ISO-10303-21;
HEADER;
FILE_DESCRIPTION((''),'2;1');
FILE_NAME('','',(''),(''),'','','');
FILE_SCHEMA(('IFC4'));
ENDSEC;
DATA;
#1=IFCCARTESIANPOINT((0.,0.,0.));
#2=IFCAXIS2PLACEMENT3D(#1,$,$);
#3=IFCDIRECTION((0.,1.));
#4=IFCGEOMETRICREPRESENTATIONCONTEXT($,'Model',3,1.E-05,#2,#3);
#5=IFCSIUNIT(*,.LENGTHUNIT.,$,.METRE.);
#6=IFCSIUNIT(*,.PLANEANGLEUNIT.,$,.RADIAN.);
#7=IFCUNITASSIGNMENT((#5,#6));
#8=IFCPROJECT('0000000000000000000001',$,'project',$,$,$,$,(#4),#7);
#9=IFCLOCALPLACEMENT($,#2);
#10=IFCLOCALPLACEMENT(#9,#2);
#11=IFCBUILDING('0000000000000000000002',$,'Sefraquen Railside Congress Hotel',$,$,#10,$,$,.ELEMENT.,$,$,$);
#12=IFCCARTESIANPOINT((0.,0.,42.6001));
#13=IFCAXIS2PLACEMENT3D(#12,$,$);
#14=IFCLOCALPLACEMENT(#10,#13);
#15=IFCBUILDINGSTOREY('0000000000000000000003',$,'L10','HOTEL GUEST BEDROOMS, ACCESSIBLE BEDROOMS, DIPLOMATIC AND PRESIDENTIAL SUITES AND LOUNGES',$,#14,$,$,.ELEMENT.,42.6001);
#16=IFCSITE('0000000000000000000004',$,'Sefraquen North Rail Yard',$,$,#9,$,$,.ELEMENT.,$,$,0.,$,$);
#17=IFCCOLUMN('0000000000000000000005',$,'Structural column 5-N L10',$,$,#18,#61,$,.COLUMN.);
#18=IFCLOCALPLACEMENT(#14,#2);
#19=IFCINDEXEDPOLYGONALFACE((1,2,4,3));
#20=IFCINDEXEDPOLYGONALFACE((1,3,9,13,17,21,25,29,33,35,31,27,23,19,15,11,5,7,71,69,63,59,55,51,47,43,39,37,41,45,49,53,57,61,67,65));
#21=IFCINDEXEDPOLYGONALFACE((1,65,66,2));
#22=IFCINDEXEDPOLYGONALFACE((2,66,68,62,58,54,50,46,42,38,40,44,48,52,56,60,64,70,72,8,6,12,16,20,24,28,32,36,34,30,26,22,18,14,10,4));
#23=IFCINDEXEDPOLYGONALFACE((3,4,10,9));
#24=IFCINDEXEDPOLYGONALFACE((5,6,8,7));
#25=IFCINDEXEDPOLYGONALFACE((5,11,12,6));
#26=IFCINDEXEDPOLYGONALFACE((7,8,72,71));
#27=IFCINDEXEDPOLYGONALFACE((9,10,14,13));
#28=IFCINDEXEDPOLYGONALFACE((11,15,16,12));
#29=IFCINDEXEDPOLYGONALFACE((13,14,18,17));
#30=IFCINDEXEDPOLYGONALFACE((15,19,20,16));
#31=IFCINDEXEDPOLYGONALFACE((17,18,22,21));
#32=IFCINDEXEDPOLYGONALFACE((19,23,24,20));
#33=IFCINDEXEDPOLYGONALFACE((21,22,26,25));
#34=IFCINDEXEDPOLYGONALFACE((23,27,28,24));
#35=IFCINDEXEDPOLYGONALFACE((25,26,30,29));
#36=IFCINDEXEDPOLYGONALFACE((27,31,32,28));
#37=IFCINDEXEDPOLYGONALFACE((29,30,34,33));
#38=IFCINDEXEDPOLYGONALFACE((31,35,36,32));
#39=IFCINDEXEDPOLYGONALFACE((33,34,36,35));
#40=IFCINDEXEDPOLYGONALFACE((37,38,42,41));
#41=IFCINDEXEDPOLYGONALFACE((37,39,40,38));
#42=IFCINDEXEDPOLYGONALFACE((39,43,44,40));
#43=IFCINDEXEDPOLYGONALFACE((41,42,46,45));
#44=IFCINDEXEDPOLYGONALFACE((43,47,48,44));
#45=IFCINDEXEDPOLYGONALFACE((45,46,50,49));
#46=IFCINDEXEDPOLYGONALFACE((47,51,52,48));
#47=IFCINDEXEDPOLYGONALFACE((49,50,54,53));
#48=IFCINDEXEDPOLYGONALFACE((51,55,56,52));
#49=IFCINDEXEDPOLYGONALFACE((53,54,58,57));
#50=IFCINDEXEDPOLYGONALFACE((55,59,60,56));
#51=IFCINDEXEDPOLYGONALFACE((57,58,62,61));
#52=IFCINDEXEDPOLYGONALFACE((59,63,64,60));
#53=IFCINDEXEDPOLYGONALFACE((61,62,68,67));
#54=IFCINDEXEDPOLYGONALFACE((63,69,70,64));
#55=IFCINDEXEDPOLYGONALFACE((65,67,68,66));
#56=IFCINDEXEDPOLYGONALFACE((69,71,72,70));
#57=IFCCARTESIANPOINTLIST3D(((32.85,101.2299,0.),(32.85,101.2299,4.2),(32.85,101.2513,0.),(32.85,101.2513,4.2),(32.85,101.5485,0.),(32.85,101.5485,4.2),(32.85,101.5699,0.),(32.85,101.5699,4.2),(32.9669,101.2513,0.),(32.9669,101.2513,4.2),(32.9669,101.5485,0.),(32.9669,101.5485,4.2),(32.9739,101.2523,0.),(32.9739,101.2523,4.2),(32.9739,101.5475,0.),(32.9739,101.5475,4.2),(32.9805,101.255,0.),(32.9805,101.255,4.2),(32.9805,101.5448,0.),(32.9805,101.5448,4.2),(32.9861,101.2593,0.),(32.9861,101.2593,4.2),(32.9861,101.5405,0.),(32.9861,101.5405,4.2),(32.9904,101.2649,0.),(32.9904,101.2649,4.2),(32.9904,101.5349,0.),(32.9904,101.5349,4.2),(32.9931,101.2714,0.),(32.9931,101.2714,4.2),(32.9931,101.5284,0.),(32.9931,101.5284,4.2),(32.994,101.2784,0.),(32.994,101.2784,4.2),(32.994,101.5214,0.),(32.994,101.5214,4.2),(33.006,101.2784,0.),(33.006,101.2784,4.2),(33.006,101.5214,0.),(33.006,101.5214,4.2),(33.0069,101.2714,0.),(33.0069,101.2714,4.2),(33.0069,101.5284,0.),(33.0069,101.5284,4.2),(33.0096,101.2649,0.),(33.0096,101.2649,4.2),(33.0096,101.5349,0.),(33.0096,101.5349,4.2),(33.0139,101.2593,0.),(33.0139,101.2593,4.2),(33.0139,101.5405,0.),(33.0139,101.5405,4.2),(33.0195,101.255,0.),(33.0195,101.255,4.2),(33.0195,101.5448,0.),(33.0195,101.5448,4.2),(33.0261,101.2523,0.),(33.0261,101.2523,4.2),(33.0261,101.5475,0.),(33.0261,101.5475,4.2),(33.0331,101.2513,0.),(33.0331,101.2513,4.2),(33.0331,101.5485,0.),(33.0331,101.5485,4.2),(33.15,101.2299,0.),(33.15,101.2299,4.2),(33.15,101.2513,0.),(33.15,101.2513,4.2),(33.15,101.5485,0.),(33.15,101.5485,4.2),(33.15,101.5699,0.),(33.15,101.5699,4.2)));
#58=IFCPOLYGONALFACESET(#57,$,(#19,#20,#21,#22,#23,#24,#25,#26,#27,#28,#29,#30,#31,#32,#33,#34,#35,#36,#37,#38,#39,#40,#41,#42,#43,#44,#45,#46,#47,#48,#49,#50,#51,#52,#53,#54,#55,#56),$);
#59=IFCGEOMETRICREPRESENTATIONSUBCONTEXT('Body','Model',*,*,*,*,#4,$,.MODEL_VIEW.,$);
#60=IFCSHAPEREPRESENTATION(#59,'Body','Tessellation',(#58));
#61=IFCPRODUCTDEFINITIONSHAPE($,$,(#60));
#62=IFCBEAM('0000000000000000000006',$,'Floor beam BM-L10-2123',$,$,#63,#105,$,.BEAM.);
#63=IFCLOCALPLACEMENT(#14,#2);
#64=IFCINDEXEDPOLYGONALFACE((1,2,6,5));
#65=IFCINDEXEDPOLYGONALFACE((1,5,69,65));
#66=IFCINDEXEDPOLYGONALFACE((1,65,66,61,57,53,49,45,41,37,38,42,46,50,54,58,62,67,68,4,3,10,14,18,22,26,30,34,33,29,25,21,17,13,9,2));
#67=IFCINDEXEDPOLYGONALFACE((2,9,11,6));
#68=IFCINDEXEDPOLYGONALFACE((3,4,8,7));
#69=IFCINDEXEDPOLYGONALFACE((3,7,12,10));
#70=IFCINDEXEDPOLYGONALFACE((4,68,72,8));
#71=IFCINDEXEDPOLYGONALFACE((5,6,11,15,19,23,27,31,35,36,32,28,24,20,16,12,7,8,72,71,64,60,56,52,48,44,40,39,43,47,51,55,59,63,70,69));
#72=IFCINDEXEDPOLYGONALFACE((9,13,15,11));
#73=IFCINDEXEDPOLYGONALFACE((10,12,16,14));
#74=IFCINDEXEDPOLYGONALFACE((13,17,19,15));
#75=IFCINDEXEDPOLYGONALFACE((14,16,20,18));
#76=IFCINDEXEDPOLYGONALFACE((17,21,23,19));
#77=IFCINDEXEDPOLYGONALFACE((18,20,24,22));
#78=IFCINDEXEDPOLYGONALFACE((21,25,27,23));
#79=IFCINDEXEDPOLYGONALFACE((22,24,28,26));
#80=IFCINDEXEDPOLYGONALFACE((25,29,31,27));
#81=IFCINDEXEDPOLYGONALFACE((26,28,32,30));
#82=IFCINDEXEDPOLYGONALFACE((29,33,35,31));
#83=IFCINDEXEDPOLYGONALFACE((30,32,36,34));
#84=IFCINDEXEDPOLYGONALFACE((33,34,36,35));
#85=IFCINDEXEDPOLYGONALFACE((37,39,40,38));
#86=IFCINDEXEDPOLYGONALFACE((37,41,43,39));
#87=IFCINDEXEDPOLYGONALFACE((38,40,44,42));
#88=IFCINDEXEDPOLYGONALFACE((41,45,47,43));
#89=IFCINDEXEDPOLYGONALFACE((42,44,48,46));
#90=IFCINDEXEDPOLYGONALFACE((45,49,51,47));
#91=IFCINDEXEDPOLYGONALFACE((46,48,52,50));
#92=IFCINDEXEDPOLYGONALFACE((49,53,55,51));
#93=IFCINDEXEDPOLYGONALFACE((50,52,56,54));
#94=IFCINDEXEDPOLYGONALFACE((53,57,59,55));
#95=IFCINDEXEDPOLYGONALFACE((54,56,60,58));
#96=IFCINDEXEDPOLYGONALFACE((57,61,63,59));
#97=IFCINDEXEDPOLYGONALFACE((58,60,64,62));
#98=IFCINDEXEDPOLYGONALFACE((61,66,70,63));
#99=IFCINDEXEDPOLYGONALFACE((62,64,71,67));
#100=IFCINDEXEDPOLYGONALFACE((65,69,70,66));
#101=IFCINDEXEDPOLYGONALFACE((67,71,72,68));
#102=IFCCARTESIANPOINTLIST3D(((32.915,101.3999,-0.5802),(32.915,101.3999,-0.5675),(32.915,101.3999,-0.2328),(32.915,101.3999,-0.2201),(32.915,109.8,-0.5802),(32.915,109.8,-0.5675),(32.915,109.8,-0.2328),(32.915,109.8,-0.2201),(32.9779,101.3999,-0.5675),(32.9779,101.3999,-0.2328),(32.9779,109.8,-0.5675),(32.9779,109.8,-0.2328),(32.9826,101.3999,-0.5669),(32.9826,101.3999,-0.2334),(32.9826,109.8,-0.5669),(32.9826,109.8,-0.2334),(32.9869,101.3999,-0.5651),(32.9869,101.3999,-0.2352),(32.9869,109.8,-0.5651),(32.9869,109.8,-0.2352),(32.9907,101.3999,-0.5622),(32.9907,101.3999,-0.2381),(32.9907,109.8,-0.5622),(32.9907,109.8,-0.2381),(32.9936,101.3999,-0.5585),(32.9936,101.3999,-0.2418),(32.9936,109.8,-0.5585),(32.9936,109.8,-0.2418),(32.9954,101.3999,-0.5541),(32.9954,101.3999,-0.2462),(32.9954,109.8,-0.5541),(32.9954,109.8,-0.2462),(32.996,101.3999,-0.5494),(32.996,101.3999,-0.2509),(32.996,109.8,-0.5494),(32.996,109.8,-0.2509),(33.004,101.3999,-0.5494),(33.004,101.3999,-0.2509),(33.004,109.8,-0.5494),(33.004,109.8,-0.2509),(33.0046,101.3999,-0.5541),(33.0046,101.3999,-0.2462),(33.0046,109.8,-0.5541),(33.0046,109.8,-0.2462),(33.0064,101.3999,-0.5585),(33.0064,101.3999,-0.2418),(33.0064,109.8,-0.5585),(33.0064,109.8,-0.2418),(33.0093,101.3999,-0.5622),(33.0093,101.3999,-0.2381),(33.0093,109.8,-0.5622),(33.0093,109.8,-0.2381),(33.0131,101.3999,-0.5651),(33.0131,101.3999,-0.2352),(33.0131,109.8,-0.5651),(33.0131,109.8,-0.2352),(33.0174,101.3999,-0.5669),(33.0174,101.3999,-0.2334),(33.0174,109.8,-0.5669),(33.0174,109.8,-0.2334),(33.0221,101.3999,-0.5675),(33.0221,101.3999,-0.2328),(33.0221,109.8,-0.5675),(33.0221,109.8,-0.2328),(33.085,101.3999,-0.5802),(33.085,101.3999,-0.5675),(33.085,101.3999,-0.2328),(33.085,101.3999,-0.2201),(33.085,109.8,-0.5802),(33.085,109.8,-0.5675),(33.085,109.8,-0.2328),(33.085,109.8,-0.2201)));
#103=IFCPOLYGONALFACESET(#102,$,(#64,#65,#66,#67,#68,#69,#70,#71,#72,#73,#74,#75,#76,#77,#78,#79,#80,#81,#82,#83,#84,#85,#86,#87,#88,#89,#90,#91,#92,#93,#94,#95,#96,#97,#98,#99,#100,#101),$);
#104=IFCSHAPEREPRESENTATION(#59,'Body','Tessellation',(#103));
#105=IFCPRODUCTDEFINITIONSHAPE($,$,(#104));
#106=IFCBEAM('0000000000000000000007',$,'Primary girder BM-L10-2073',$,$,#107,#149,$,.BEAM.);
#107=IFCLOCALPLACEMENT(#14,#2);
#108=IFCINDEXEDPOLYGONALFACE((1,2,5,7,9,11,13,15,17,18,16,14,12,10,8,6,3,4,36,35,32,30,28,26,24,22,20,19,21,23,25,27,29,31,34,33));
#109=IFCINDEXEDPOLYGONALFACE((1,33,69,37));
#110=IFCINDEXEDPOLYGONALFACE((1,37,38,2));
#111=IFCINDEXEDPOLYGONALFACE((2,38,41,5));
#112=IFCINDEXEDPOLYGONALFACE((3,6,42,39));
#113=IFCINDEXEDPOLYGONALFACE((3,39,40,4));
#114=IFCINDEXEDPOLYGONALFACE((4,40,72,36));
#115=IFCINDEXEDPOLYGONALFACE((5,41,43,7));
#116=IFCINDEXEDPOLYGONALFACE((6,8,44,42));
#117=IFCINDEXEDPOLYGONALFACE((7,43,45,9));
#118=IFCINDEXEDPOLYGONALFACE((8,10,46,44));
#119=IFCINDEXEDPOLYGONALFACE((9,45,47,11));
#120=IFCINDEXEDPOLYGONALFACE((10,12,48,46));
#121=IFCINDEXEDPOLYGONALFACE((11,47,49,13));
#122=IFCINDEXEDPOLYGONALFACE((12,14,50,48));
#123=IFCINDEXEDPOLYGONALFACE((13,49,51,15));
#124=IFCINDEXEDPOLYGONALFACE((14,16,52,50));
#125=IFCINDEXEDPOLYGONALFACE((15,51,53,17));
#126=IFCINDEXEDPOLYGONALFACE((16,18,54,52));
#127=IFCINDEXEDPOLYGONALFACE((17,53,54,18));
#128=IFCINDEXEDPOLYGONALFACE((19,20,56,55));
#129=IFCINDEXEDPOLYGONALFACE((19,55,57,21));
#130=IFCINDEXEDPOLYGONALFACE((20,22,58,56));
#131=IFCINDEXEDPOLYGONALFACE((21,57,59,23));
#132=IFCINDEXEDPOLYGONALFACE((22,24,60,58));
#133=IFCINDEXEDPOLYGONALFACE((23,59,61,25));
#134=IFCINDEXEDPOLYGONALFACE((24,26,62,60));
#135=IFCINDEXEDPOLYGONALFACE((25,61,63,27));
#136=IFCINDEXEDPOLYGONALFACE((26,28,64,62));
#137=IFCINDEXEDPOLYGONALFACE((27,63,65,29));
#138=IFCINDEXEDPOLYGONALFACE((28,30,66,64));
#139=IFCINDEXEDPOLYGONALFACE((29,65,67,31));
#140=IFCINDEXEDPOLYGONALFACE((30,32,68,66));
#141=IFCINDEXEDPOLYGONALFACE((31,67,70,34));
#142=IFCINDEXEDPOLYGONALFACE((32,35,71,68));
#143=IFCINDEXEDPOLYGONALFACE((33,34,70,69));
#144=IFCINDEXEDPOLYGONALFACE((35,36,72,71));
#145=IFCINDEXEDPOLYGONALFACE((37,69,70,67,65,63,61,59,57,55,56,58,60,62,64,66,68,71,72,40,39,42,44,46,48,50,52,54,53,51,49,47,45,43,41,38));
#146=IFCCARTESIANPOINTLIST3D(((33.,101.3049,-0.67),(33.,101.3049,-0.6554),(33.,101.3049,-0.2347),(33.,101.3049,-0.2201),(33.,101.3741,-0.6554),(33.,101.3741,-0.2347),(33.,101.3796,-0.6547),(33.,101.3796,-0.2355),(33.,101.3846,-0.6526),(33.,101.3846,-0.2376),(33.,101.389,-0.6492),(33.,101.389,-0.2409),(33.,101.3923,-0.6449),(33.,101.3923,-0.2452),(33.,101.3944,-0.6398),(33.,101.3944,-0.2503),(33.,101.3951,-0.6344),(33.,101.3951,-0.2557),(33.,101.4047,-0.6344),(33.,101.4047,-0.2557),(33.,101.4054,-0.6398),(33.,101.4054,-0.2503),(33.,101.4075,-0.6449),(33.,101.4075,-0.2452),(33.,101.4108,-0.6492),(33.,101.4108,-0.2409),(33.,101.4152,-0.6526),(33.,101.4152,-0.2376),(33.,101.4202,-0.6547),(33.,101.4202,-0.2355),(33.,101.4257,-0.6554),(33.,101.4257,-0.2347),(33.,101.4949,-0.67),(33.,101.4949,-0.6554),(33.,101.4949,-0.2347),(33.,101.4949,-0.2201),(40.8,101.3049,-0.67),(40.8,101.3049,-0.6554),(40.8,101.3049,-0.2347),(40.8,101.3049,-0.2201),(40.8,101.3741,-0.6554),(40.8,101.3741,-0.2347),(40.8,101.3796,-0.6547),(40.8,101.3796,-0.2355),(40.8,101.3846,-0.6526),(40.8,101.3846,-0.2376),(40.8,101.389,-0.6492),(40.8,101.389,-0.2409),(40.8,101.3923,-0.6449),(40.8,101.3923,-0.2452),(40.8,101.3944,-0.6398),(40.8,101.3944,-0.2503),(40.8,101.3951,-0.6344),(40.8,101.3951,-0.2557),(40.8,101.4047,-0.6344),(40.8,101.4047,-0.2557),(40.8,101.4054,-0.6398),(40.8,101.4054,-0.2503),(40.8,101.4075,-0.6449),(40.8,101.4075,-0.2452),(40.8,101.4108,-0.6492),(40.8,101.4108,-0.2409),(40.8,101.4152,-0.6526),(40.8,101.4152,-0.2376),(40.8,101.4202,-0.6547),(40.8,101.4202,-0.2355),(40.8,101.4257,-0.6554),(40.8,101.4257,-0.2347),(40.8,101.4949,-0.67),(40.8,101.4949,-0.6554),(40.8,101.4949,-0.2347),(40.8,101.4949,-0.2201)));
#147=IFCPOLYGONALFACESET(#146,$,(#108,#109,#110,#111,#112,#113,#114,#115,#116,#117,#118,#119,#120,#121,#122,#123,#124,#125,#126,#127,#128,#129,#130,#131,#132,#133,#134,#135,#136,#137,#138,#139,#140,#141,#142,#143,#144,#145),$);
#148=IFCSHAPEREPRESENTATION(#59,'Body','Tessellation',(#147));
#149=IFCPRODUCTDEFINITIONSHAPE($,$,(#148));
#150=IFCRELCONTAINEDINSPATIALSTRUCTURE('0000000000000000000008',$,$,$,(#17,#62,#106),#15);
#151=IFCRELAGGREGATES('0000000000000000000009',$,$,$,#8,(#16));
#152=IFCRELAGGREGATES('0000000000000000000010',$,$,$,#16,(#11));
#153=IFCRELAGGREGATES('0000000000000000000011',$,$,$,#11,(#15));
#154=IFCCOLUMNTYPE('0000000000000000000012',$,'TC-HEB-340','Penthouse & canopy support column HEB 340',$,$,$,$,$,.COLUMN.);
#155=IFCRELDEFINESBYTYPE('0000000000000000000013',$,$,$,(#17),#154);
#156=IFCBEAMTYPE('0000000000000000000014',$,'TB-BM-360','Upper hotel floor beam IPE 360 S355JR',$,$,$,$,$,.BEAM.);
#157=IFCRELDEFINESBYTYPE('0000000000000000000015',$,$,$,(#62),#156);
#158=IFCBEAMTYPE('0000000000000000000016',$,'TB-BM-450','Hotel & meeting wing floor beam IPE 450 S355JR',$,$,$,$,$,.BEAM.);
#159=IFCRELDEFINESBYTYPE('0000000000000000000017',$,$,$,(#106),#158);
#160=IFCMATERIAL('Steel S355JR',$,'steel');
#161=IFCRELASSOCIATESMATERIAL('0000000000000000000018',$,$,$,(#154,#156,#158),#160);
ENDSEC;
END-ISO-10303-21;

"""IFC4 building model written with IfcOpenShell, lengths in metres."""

from ifc_helpers import new_model, si_unit, direction, frame, origin, origin_2d, place, context, subcontext, project, spatial, i_section, extrude, material, material_profile, profile_set, type_object, element, save


model = new_model("IFC4")

# Units and contexts
model_context = context("Model", 3, precision=1e-05, world=origin(), true_north=direction((0.0, 1.0)))
body_context = subcontext(model_context, "Body", "Model", "MODEL_VIEW")
ifc_project = project(units=[si_unit("LENGTHUNIT", "METRE"), si_unit("PLANEANGLEUNIT", "RADIAN")], contexts=[model_context])

# Site, building, storey
site_placement = place(None, origin())
site = spatial("IfcSite", under=ifc_project, at=site_placement, Name="Sefraquen North Rail Yard", CompositionType="ELEMENT", RefElevation=0.0)
building_placement = place(site_placement, origin())
building = spatial("IfcBuilding", under=site, at=building_placement, Name="Sefraquen Railside Congress Hotel", CompositionType="ELEMENT")
storey_placement = place(building_placement, frame((0.0, 0.0, 42.6001)))
storey = spatial("IfcBuildingStorey", under=building, at=storey_placement, Name="L10", Description="HOTEL GUEST BEDROOMS, ACCESSIBLE BEDROOMS, DIPLOMATIC AND PRESIDENTIAL SUITES AND LOUNGES", CompositionType="ELEMENT", Elevation=42.6001)

# Column
ifc_material_1 = material(Name="Steel S355JR", Category="steel")
ifc_material_profile_1 = material_profile(ifc_material_1, i_section(OverallWidth=0.3, OverallDepth=0.3401, WebThickness=0.012, FlangeThickness=0.0215, FilletRadius=0.0271, at=origin_2d()), Name="HEB 340")
ifc_profile_set_1 = profile_set([ifc_material_profile_1], Name="Steel S355JR")
column_type = type_object("IfcColumnType", Name="TC-HEB-340", Description="Penthouse & canopy support column HEB 340", PredefinedType="COLUMN", material=ifc_profile_set_1)
column_placement = place(storey_placement, frame((33.0, 101.3999, 0.0), z_axis=(0.0, 0.0, 1.0), x_axis=(1.0, 0.0, 0.0)))
element("IfcColumn", 1, at=column_placement, inside=storey, type_object=column_type, Name="Structural column 5-N L10", PredefinedType="COLUMN", context=body_context, shape_type="SweptSolid", body=[
    extrude(i_section(OverallWidth=0.3, OverallDepth=0.3401, WebThickness=0.012, FlangeThickness=0.0215, FilletRadius=0.0271, at=origin_2d()), origin(), (0.0, 0.0, 1.0), 4.2),
])

# Beams
ifc_material_profile_2 = material_profile(ifc_material_1, i_section(OverallWidth=0.1699, OverallDepth=0.3601, WebThickness=0.0081, FlangeThickness=0.0127, FilletRadius=0.0181, at=origin_2d()), Name="IPE 360")
ifc_profile_set_2 = profile_set([ifc_material_profile_2], Name="Steel S355JR")
beam_type_1 = type_object("IfcBeamType", Name="TB-BM-360", Description="Upper hotel floor beam IPE 360 S355JR", PredefinedType="BEAM", material=ifc_profile_set_2)
beam_1_placement = place(storey_placement, frame((33.0, 101.3999, -0.4001), z_axis=(0.0, 1.0, 0.0), x_axis=(-1.0, 0.0, 0.0)))
element("IfcBeam", 2, at=beam_1_placement, inside=storey, type_object=beam_type_1, Name="Floor beam BM-L10-2123", PredefinedType="BEAM", context=body_context, shape_type="SweptSolid", body=[
    extrude(i_section(OverallWidth=0.1699, OverallDepth=0.3601, WebThickness=0.0081, FlangeThickness=0.0127, FilletRadius=0.0181, at=origin_2d()), origin(), (0.0, 0.0, 1.0), 8.4001),
])
ifc_material_profile_3 = material_profile(ifc_material_1, i_section(OverallWidth=0.1899, OverallDepth=0.45, WebThickness=0.0095, FlangeThickness=0.0146, FilletRadius=0.021, at=origin_2d()), Name="IPE 450")
ifc_profile_set_3 = profile_set([ifc_material_profile_3], Name="Steel S355JR")
beam_type_2 = type_object("IfcBeamType", Name="TB-BM-450", Description="Hotel & meeting wing floor beam IPE 450 S355JR", PredefinedType="BEAM", material=ifc_profile_set_3)
beam_2_placement = place(storey_placement, frame((33.0, 101.3999, -0.4451), z_axis=(1.0, 0.0, 0.0), x_axis=(0.0, 1.0, 0.0)))
element("IfcBeam", 3, at=beam_2_placement, inside=storey, type_object=beam_type_2, Name="Primary girder BM-L10-2073", PredefinedType="BEAM", context=body_context, shape_type="SweptSolid", body=[
    extrude(i_section(OverallWidth=0.1899, OverallDepth=0.45, WebThickness=0.0095, FlangeThickness=0.0146, FilletRadius=0.021, at=origin_2d()), origin(), (0.0, 0.0, 1.0), 7.8),
])

save(model, "model.ifc")
